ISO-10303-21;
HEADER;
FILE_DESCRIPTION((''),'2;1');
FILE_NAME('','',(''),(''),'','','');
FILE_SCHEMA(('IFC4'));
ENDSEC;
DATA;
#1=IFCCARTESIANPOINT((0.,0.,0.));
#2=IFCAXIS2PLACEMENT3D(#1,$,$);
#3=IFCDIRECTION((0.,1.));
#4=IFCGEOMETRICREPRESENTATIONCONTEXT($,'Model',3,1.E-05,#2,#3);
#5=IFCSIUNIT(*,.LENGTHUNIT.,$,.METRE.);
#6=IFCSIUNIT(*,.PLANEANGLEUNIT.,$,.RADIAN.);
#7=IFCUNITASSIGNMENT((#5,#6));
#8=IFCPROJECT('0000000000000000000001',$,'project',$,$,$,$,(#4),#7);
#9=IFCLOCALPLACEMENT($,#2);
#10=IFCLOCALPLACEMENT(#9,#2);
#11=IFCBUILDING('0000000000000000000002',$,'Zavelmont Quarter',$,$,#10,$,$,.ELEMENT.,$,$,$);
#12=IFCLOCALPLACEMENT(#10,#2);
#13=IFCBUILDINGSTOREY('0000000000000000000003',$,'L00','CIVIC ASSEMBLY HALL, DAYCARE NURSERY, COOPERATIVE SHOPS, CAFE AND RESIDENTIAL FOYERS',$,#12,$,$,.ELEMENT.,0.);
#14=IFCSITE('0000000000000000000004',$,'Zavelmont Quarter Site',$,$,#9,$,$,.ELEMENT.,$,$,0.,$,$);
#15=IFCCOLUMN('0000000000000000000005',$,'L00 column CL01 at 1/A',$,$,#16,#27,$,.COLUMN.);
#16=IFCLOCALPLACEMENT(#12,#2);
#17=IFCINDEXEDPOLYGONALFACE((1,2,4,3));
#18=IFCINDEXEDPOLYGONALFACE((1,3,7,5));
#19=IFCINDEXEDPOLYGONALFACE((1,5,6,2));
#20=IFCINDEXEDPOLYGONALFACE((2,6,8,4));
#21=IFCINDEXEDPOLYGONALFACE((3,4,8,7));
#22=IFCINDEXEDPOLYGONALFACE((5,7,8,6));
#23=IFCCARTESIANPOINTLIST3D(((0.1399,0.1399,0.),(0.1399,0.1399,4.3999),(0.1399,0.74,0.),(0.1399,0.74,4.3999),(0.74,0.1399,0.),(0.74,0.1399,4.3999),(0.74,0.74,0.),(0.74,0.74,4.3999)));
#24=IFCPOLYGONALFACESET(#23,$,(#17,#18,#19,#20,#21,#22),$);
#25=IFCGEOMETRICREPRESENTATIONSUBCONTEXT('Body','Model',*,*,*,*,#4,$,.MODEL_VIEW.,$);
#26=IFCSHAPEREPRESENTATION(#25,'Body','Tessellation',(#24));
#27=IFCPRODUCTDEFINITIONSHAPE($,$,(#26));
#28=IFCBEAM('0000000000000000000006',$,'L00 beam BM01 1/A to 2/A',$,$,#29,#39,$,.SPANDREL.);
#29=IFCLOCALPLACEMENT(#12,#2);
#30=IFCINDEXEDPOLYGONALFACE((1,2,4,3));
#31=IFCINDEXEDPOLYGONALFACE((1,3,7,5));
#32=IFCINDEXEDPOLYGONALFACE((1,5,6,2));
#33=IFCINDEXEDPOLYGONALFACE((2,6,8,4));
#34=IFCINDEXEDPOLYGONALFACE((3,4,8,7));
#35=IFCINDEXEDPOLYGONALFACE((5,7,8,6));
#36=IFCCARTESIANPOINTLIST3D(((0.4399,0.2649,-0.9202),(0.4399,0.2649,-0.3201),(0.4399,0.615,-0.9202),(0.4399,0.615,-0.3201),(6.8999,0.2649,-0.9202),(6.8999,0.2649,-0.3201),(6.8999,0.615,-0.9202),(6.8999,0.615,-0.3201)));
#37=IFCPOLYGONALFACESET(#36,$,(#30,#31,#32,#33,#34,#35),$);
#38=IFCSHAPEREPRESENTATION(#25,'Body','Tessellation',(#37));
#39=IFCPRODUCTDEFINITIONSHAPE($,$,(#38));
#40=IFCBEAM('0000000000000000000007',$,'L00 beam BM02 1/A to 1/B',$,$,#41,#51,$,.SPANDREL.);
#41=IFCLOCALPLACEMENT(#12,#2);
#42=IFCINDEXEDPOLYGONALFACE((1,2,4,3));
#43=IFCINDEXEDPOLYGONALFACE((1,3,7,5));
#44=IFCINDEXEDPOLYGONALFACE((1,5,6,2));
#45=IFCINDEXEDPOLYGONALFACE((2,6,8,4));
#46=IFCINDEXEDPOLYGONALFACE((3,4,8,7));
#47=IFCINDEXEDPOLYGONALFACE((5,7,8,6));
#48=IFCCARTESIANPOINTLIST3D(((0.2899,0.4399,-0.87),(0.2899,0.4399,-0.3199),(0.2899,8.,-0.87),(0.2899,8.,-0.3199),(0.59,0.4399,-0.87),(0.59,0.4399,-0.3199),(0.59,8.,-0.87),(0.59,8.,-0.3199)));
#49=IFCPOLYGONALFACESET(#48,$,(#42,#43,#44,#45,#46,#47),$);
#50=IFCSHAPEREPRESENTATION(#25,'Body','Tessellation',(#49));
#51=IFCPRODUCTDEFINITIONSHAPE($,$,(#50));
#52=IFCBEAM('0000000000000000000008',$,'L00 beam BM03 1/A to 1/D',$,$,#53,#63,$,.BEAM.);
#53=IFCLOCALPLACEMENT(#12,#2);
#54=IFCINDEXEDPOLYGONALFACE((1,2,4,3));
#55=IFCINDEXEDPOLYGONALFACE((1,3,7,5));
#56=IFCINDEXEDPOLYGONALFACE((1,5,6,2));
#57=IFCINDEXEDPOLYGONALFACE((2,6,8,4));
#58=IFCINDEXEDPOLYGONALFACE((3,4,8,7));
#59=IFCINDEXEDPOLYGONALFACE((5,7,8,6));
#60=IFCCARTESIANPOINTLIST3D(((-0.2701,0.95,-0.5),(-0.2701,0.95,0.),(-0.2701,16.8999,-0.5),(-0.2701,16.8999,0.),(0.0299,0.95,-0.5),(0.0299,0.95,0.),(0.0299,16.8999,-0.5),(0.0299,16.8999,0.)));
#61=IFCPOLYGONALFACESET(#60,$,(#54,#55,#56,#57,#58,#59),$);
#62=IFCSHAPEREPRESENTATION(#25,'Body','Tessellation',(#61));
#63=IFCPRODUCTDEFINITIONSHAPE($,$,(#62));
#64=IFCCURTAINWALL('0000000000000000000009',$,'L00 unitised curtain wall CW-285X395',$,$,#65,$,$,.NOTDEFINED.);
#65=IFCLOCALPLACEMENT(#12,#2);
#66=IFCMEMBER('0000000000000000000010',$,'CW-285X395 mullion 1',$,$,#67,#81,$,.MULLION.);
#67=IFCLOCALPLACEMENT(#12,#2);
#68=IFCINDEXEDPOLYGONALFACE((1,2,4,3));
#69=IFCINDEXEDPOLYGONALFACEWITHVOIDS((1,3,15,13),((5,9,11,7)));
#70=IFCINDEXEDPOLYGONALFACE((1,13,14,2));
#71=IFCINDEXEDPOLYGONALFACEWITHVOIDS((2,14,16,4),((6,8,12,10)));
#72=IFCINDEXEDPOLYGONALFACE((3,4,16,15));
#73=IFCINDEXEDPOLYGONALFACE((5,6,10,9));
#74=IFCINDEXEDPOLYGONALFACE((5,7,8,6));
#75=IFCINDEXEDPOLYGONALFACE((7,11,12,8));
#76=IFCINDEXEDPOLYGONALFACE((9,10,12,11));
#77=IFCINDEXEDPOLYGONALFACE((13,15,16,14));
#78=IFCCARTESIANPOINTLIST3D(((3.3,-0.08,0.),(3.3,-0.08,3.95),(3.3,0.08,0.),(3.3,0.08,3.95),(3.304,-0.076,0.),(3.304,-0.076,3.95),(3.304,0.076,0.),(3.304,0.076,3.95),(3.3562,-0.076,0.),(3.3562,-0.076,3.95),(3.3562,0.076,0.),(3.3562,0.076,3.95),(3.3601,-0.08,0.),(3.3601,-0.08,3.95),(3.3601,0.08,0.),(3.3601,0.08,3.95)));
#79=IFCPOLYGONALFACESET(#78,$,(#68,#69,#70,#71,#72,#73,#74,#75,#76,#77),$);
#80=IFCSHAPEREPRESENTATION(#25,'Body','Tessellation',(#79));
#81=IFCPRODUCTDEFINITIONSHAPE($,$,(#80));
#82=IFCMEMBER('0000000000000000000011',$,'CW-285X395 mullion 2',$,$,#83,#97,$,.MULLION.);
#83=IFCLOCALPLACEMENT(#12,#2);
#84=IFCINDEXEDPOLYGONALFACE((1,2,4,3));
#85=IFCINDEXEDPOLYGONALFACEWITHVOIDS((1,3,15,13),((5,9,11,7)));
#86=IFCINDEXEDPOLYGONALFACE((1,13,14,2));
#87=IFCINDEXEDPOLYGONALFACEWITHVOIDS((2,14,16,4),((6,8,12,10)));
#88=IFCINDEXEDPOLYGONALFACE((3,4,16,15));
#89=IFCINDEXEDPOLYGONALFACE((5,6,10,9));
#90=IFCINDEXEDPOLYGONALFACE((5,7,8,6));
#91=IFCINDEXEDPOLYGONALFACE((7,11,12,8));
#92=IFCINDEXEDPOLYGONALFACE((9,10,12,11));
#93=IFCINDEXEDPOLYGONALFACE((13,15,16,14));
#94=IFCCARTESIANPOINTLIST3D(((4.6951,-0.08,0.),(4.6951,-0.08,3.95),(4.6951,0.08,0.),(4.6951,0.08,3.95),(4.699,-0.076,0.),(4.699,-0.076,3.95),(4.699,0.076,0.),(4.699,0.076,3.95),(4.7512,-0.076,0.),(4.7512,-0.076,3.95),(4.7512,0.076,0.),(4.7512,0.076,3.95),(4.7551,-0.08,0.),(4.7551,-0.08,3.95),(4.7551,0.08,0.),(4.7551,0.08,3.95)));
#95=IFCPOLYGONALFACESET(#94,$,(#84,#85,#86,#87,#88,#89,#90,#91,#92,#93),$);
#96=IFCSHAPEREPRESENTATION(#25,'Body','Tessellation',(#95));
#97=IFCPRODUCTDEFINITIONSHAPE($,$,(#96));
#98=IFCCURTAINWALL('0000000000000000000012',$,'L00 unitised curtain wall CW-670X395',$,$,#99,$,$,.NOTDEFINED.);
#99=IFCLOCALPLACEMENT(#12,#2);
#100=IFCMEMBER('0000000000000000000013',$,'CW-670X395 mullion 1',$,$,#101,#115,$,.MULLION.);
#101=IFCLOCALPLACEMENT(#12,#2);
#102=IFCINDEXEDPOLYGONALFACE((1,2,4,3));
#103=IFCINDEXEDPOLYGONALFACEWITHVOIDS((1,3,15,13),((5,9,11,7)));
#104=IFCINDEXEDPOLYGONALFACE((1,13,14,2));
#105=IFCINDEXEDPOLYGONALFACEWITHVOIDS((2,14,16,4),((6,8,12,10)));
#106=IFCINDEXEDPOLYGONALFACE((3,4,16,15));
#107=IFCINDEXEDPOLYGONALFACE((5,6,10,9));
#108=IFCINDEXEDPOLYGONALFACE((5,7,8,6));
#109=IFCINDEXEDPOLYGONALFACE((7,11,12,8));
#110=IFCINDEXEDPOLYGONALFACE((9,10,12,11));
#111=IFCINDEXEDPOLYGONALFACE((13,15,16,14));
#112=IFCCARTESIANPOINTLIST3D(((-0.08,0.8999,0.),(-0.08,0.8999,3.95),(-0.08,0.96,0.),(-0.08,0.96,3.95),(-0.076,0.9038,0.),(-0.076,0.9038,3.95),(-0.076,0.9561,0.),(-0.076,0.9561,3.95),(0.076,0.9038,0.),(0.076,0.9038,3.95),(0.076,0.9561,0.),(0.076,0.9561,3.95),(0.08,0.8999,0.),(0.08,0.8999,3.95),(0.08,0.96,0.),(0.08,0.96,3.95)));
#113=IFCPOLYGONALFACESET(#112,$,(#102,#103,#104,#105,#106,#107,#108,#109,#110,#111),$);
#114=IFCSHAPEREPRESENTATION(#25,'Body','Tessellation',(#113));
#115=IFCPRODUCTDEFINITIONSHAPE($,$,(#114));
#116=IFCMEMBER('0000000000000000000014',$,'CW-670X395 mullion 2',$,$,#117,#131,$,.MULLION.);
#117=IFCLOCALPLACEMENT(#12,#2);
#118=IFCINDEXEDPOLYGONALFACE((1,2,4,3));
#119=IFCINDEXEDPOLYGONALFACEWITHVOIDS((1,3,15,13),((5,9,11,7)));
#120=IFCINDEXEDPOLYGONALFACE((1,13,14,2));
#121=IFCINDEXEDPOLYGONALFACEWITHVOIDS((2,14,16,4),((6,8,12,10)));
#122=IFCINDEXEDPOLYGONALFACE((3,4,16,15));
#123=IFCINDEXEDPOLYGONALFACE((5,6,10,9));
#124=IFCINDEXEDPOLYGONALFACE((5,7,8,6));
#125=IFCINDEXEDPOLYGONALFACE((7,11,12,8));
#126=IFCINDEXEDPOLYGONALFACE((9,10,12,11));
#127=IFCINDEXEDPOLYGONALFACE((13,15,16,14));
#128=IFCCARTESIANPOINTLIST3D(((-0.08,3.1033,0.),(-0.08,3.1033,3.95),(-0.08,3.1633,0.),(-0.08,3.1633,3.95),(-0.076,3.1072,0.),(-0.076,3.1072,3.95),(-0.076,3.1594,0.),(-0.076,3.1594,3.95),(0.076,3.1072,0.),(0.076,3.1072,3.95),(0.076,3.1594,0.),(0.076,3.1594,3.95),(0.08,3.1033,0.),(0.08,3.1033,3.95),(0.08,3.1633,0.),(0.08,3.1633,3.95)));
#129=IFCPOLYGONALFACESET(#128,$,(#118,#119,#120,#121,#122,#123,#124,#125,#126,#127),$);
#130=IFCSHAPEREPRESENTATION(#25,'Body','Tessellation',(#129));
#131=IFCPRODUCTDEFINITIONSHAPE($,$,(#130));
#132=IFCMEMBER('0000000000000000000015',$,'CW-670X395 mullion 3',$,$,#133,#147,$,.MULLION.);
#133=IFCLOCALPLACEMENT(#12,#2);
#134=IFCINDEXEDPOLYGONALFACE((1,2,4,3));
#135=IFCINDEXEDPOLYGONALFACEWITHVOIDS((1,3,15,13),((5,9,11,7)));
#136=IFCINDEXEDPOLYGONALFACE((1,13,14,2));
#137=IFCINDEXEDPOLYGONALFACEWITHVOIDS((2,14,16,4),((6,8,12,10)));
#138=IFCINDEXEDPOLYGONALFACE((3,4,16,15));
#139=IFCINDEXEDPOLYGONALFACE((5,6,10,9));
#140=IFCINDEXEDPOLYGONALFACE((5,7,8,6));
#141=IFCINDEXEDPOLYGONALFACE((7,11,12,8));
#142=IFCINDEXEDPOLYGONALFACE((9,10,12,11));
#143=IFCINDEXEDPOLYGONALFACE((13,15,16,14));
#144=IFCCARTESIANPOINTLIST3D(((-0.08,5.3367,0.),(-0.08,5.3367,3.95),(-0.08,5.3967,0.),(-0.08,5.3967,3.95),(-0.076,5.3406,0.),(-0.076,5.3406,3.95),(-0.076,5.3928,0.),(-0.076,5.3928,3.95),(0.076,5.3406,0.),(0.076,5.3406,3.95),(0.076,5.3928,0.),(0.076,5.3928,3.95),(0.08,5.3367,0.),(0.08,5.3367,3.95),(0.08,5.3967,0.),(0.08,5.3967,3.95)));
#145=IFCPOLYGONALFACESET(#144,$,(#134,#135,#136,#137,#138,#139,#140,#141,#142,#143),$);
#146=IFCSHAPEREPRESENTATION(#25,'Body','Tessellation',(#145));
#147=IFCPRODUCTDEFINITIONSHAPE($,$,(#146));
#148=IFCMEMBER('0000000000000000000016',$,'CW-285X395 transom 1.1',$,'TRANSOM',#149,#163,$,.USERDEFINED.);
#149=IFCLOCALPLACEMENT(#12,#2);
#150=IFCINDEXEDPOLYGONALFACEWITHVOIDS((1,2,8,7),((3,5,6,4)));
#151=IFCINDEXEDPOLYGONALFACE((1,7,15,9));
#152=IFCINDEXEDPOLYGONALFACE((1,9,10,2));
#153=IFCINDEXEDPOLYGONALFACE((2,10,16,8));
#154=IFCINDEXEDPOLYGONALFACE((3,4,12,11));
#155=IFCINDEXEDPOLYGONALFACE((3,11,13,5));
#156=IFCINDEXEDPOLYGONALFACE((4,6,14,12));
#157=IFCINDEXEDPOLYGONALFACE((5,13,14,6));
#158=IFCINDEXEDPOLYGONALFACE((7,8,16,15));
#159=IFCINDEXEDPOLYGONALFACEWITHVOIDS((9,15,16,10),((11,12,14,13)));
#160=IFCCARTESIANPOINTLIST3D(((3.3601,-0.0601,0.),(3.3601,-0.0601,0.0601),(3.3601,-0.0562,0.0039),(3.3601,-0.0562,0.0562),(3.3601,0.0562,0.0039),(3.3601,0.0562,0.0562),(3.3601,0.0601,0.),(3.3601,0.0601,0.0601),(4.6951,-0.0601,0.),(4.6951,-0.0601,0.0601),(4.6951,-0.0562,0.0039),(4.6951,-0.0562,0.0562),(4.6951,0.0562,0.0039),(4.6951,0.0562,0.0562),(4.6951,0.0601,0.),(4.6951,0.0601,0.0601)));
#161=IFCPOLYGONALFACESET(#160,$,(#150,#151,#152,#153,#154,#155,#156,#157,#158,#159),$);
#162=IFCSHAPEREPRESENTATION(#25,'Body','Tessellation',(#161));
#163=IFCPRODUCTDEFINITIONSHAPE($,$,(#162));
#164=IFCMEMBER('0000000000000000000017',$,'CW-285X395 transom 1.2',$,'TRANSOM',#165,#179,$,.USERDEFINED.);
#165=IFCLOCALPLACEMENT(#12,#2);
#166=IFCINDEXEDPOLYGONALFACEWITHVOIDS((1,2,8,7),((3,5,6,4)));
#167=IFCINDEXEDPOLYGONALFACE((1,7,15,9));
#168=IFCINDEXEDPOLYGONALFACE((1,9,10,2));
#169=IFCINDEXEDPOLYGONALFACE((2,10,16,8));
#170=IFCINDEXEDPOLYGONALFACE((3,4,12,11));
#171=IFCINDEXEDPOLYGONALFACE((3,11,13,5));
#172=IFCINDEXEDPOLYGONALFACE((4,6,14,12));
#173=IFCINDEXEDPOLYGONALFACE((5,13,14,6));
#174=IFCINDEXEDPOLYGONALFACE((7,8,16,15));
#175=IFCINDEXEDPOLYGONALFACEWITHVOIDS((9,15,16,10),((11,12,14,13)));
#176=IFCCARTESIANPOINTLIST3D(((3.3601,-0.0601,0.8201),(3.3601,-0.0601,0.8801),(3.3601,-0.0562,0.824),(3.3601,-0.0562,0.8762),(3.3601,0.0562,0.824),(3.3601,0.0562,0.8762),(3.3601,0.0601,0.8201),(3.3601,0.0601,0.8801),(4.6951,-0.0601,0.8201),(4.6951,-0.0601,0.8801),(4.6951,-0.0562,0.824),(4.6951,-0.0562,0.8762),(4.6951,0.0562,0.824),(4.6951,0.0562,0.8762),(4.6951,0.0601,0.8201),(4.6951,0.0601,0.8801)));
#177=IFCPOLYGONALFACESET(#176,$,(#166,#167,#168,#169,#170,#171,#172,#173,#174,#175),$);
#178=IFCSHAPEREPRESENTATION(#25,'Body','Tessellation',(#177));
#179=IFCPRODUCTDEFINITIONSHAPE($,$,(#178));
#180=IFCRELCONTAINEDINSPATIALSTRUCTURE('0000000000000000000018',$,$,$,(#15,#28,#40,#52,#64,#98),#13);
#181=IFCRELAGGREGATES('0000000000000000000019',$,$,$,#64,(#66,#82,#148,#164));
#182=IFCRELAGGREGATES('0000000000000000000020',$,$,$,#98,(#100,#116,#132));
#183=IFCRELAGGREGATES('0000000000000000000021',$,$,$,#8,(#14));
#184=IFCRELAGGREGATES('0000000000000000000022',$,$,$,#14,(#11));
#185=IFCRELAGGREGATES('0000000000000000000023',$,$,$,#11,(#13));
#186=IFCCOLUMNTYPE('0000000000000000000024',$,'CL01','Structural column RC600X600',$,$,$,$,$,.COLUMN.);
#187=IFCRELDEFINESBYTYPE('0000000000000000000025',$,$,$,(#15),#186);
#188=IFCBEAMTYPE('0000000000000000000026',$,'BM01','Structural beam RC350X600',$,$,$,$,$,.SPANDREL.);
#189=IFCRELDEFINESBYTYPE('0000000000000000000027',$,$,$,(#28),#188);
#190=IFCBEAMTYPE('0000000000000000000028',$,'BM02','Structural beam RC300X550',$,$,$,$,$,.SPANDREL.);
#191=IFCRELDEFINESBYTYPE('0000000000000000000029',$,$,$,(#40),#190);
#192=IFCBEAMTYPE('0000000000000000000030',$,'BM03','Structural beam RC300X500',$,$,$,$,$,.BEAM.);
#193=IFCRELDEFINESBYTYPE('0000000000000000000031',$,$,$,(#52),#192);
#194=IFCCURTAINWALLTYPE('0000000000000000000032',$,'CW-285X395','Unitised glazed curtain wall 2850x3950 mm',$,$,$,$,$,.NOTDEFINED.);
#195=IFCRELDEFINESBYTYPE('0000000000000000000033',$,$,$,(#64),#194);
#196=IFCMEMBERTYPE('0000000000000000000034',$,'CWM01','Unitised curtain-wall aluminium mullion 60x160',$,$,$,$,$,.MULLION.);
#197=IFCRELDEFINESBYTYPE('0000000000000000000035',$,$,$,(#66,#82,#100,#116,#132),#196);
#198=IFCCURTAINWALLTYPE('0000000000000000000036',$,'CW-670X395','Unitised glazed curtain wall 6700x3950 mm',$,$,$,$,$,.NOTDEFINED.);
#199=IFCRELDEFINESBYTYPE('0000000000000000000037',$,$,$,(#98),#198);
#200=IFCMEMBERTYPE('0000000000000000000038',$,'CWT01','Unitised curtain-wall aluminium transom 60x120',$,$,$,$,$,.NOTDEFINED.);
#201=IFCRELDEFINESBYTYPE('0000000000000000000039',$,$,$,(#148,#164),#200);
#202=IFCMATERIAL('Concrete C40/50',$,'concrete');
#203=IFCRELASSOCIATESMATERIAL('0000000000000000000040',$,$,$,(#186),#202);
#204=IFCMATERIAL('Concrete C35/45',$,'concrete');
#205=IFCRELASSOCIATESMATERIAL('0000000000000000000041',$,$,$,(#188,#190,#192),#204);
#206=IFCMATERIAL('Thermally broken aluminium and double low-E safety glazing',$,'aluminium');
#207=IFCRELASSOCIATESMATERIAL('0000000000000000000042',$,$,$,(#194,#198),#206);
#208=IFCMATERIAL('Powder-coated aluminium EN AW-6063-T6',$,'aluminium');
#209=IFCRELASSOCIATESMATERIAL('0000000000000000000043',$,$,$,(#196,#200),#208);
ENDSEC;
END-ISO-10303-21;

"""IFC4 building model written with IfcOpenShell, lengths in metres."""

from ifc_helpers import new_model, si_unit, direction, frame, origin, origin_2d, place, context, subcontext, project, spatial, rectangle, hollow_rectangle, extrude, material, material_profile, profile_set, type_object, element, aggregate, save


model = new_model("IFC4")

# Units and contexts
model_context = context("Model", 3, precision=1e-05, world=origin(), true_north=direction((0.0, 1.0)))
body_context = subcontext(model_context, "Body", "Model", "MODEL_VIEW")
ifc_project = project(units=[si_unit("LENGTHUNIT", "METRE"), si_unit("PLANEANGLEUNIT", "RADIAN")], contexts=[model_context])

# Site, building, storey
site_placement = place(None, origin())
site = spatial("IfcSite", under=ifc_project, at=site_placement, Name="Zavelmont Quarter Site", CompositionType="ELEMENT", RefElevation=0.0)
building_placement = place(site_placement, origin())
building = spatial("IfcBuilding", under=site, at=building_placement, Name="Zavelmont Quarter", CompositionType="ELEMENT")
storey_placement = place(building_placement, origin())
storey = spatial("IfcBuildingStorey", under=building, at=storey_placement, Name="L00", Description="CIVIC ASSEMBLY HALL, DAYCARE NURSERY, COOPERATIVE SHOPS, CAFE AND RESIDENTIAL FOYERS", CompositionType="ELEMENT", Elevation=0.0)

# Column
ifc_material_1 = material(Name="Concrete C40/50", Category="concrete")
ifc_material_profile_1 = material_profile(ifc_material_1, rectangle(XDim=0.6001, YDim=0.6001, at=origin_2d()), Name="RC600X600")
ifc_profile_set_1 = profile_set([ifc_material_profile_1], Name="Concrete C40/50")
column_type = type_object("IfcColumnType", Name="CL01", Description="Structural column RC600X600", PredefinedType="COLUMN", material=ifc_profile_set_1)
column_placement = place(storey_placement, frame((0.4399, 0.4399, 0.0), z_axis=(0.0, 0.0, 1.0), x_axis=(1.0, 0.0, 0.0)))
element("IfcColumn", 1, at=column_placement, inside=storey, type_object=column_type, Name="L00 column CL01 at 1/A", PredefinedType="COLUMN", context=body_context, shape_type="SweptSolid", body=[
    extrude(rectangle(XDim=0.6001, YDim=0.6001, at=origin_2d()), origin(), (0.0, 0.0, 1.0), 4.3999),
])

# Beams
ifc_material_2 = material(Name="Concrete C35/45", Category="concrete")
ifc_material_profile_2 = material_profile(ifc_material_2, rectangle(XDim=0.3501, YDim=0.6001, at=origin_2d()), Name="RC350X600")
ifc_profile_set_2 = profile_set([ifc_material_profile_2], Name="Concrete C35/45")
beam_type_1 = type_object("IfcBeamType", Name="BM01", Description="Structural beam RC350X600", PredefinedType="SPANDREL", material=ifc_profile_set_2)
beam_1_placement = place(storey_placement, frame((0.4399, 0.4399, -0.6201), z_axis=(1.0, 0.0, 0.0), x_axis=(0.0, 1.0, 0.0)))
element("IfcBeam", 2, at=beam_1_placement, inside=storey, type_object=beam_type_1, Name="L00 beam BM01 1/A to 2/A", PredefinedType="SPANDREL", context=body_context, shape_type="SweptSolid", body=[
    extrude(rectangle(XDim=0.3501, YDim=0.6001, at=origin_2d()), origin(), (0.0, 0.0, 1.0), 6.46),
])
ifc_material_profile_3 = material_profile(ifc_material_2, rectangle(XDim=0.3, YDim=0.55, at=origin_2d()), Name="RC300X550")
ifc_profile_set_3 = profile_set([ifc_material_profile_3], Name="Concrete C35/45")
beam_type_2 = type_object("IfcBeamType", Name="BM02", Description="Structural beam RC300X550", PredefinedType="SPANDREL", material=ifc_profile_set_3)
beam_2_placement = place(storey_placement, frame((0.4399, 0.4399, -0.595), z_axis=(0.0, 1.0, 0.0), x_axis=(-1.0, 0.0, 0.0)))
element("IfcBeam", 3, at=beam_2_placement, inside=storey, type_object=beam_type_2, Name="L00 beam BM02 1/A to 1/B", PredefinedType="SPANDREL", context=body_context, shape_type="SweptSolid", body=[
    extrude(rectangle(XDim=0.3, YDim=0.55, at=origin_2d()), origin(), (0.0, 0.0, 1.0), 7.5601),
])
ifc_material_profile_4 = material_profile(ifc_material_2, rectangle(XDim=0.3, YDim=0.5, at=origin_2d()), Name="RC300X500")
ifc_profile_set_4 = profile_set([ifc_material_profile_4], Name="Concrete C35/45")
beam_type_3 = type_object("IfcBeamType", Name="BM03", Description="Structural beam RC300X500", PredefinedType="BEAM", material=ifc_profile_set_4)
beam_3_placement = place(storey_placement, frame((-0.1201, 0.95, -0.25), z_axis=(0.0, 1.0, 0.0), x_axis=(-1.0, 0.0, 0.0)))
element("IfcBeam", 4, at=beam_3_placement, inside=storey, type_object=beam_type_3, Name="L00 beam BM03 1/A to 1/D", PredefinedType="BEAM", context=body_context, shape_type="SweptSolid", body=[
    extrude(rectangle(XDim=0.3, YDim=0.5, at=origin_2d()), origin(), (0.0, 0.0, 1.0), 15.95),
])

# Curtain walls, members
ifc_material_3 = material(Name="Thermally broken aluminium and double low-E safety glazing", Category="aluminium")
curtain_wall_type_1 = type_object("IfcCurtainWallType", Name="CW-285X395", Description="Unitised glazed curtain wall 2850x3950 mm", PredefinedType="NOTDEFINED", material=ifc_material_3)
curtain_wall_1_placement = place(storey_placement, origin())
curtain_wall_1 = element("IfcCurtainWall", 5, at=curtain_wall_1_placement, inside=storey, type_object=curtain_wall_type_1, Name="L00 unitised curtain wall CW-285X395", PredefinedType="NOTDEFINED")
ifc_material_4 = material(Name="Powder-coated aluminium EN AW-6063-T6", Category="aluminium")
ifc_material_profile_5 = material_profile(ifc_material_4, hollow_rectangle(XDim=0.0601, YDim=0.1599, WallThickness=0.0039, at=origin_2d()), Name="CWM60X160")
ifc_profile_set_5 = profile_set([ifc_material_profile_5], Name="Powder-coated aluminium EN AW-6063-T6")
member_type_1 = type_object("IfcMemberType", Name="CWM01", Description="Unitised curtain-wall aluminium mullion 60x160", PredefinedType="MULLION", material=ifc_profile_set_5)
member_1_placement = place(storey_placement, frame((3.3301, 0.0, 0.0), z_axis=(0.0, 0.0, 1.0), x_axis=(1.0, 0.0, 0.0)))
member_1 = element("IfcMember", 6, at=member_1_placement, type_object=member_type_1, Name="CW-285X395 mullion 1", PredefinedType="MULLION", context=body_context, shape_type="SweptSolid", body=[
    extrude(hollow_rectangle(XDim=0.0601, YDim=0.1599, WallThickness=0.0039, at=origin_2d()), origin(), (0.0, 0.0, 1.0), 3.95),
])
member_2_placement = place(storey_placement, frame((4.7251, 0.0, 0.0), z_axis=(0.0, 0.0, 1.0), x_axis=(1.0, 0.0, 0.0)))
member_2 = element("IfcMember", 7, at=member_2_placement, type_object=member_type_1, Name="CW-285X395 mullion 2", PredefinedType="MULLION", context=body_context, shape_type="SweptSolid", body=[
    extrude(hollow_rectangle(XDim=0.0601, YDim=0.1599, WallThickness=0.0039, at=origin_2d()), origin(), (0.0, 0.0, 1.0), 3.95),
])
curtain_wall_type_2 = type_object("IfcCurtainWallType", Name="CW-670X395", Description="Unitised glazed curtain wall 6700x3950 mm", PredefinedType="NOTDEFINED", material=ifc_material_3)
curtain_wall_2_placement = place(storey_placement, origin())
curtain_wall_2 = element("IfcCurtainWall", 8, at=curtain_wall_2_placement, inside=storey, type_object=curtain_wall_type_2, Name="L00 unitised curtain wall CW-670X395", PredefinedType="NOTDEFINED")
member_3_placement = place(storey_placement, frame((0.0, 0.9299, 0.0), z_axis=(0.0, 0.0, 1.0), x_axis=(0.0, 1.0, 0.0)))
member_3 = element("IfcMember", 9, at=member_3_placement, type_object=member_type_1, Name="CW-670X395 mullion 1", PredefinedType="MULLION", context=body_context, shape_type="SweptSolid", body=[
    extrude(hollow_rectangle(XDim=0.0601, YDim=0.1599, WallThickness=0.0039, at=origin_2d()), origin(), (0.0, 0.0, 1.0), 3.95),
])
member_4_placement = place(storey_placement, frame((0.0, 3.1333, 0.0), z_axis=(0.0, 0.0, 1.0), x_axis=(0.0, 1.0, 0.0)))
member_4 = element("IfcMember", 10, at=member_4_placement, type_object=member_type_1, Name="CW-670X395 mullion 2", PredefinedType="MULLION", context=body_context, shape_type="SweptSolid", body=[
    extrude(hollow_rectangle(XDim=0.0601, YDim=0.1599, WallThickness=0.0039, at=origin_2d()), origin(), (0.0, 0.0, 1.0), 3.95),
])
member_5_placement = place(storey_placement, frame((0.0, 5.3667, 0.0), z_axis=(0.0, 0.0, 1.0), x_axis=(0.0, 1.0, 0.0)))
member_5 = element("IfcMember", 11, at=member_5_placement, type_object=member_type_1, Name="CW-670X395 mullion 3", PredefinedType="MULLION", context=body_context, shape_type="SweptSolid", body=[
    extrude(hollow_rectangle(XDim=0.0601, YDim=0.1599, WallThickness=0.0039, at=origin_2d()), origin(), (0.0, 0.0, 1.0), 3.95),
])

# Members
ifc_material_profile_6 = material_profile(ifc_material_4, hollow_rectangle(XDim=0.1201, YDim=0.0601, WallThickness=0.0039, at=origin_2d()), Name="CWT60X120")
ifc_profile_set_6 = profile_set([ifc_material_profile_6], Name="Powder-coated aluminium EN AW-6063-T6")
member_type_2 = type_object("IfcMemberType", Name="CWT01", Description="Unitised curtain-wall aluminium transom 60x120", PredefinedType="NOTDEFINED", material=ifc_profile_set_6)
member_6_placement = place(storey_placement, frame((3.3601, 0.0, 0.03), z_axis=(1.0, 0.0, 0.0), x_axis=(0.0, 1.0, 0.0)))
member_6 = element("IfcMember", 12, at=member_6_placement, type_object=member_type_2, Name="CW-285X395 transom 1.1", ObjectType="TRANSOM", PredefinedType="USERDEFINED", context=body_context, shape_type="SweptSolid", body=[
    extrude(hollow_rectangle(XDim=0.1201, YDim=0.0601, WallThickness=0.0039, at=origin_2d()), origin(), (0.0, 0.0, 1.0), 1.335),
])
member_7_placement = place(storey_placement, frame((3.3601, 0.0, 0.8501), z_axis=(1.0, 0.0, 0.0), x_axis=(0.0, 1.0, 0.0)))
member_7 = element("IfcMember", 13, at=member_7_placement, type_object=member_type_2, Name="CW-285X395 transom 1.2", ObjectType="TRANSOM", PredefinedType="USERDEFINED", context=body_context, shape_type="SweptSolid", body=[
    extrude(hollow_rectangle(XDim=0.1201, YDim=0.0601, WallThickness=0.0039, at=origin_2d()), origin(), (0.0, 0.0, 1.0), 1.335),
])

aggregate(curtain_wall_1, [member_1, member_2, member_6, member_7])
aggregate(curtain_wall_2, [member_3, member_4, member_5])

save(model, "model.ifc")
